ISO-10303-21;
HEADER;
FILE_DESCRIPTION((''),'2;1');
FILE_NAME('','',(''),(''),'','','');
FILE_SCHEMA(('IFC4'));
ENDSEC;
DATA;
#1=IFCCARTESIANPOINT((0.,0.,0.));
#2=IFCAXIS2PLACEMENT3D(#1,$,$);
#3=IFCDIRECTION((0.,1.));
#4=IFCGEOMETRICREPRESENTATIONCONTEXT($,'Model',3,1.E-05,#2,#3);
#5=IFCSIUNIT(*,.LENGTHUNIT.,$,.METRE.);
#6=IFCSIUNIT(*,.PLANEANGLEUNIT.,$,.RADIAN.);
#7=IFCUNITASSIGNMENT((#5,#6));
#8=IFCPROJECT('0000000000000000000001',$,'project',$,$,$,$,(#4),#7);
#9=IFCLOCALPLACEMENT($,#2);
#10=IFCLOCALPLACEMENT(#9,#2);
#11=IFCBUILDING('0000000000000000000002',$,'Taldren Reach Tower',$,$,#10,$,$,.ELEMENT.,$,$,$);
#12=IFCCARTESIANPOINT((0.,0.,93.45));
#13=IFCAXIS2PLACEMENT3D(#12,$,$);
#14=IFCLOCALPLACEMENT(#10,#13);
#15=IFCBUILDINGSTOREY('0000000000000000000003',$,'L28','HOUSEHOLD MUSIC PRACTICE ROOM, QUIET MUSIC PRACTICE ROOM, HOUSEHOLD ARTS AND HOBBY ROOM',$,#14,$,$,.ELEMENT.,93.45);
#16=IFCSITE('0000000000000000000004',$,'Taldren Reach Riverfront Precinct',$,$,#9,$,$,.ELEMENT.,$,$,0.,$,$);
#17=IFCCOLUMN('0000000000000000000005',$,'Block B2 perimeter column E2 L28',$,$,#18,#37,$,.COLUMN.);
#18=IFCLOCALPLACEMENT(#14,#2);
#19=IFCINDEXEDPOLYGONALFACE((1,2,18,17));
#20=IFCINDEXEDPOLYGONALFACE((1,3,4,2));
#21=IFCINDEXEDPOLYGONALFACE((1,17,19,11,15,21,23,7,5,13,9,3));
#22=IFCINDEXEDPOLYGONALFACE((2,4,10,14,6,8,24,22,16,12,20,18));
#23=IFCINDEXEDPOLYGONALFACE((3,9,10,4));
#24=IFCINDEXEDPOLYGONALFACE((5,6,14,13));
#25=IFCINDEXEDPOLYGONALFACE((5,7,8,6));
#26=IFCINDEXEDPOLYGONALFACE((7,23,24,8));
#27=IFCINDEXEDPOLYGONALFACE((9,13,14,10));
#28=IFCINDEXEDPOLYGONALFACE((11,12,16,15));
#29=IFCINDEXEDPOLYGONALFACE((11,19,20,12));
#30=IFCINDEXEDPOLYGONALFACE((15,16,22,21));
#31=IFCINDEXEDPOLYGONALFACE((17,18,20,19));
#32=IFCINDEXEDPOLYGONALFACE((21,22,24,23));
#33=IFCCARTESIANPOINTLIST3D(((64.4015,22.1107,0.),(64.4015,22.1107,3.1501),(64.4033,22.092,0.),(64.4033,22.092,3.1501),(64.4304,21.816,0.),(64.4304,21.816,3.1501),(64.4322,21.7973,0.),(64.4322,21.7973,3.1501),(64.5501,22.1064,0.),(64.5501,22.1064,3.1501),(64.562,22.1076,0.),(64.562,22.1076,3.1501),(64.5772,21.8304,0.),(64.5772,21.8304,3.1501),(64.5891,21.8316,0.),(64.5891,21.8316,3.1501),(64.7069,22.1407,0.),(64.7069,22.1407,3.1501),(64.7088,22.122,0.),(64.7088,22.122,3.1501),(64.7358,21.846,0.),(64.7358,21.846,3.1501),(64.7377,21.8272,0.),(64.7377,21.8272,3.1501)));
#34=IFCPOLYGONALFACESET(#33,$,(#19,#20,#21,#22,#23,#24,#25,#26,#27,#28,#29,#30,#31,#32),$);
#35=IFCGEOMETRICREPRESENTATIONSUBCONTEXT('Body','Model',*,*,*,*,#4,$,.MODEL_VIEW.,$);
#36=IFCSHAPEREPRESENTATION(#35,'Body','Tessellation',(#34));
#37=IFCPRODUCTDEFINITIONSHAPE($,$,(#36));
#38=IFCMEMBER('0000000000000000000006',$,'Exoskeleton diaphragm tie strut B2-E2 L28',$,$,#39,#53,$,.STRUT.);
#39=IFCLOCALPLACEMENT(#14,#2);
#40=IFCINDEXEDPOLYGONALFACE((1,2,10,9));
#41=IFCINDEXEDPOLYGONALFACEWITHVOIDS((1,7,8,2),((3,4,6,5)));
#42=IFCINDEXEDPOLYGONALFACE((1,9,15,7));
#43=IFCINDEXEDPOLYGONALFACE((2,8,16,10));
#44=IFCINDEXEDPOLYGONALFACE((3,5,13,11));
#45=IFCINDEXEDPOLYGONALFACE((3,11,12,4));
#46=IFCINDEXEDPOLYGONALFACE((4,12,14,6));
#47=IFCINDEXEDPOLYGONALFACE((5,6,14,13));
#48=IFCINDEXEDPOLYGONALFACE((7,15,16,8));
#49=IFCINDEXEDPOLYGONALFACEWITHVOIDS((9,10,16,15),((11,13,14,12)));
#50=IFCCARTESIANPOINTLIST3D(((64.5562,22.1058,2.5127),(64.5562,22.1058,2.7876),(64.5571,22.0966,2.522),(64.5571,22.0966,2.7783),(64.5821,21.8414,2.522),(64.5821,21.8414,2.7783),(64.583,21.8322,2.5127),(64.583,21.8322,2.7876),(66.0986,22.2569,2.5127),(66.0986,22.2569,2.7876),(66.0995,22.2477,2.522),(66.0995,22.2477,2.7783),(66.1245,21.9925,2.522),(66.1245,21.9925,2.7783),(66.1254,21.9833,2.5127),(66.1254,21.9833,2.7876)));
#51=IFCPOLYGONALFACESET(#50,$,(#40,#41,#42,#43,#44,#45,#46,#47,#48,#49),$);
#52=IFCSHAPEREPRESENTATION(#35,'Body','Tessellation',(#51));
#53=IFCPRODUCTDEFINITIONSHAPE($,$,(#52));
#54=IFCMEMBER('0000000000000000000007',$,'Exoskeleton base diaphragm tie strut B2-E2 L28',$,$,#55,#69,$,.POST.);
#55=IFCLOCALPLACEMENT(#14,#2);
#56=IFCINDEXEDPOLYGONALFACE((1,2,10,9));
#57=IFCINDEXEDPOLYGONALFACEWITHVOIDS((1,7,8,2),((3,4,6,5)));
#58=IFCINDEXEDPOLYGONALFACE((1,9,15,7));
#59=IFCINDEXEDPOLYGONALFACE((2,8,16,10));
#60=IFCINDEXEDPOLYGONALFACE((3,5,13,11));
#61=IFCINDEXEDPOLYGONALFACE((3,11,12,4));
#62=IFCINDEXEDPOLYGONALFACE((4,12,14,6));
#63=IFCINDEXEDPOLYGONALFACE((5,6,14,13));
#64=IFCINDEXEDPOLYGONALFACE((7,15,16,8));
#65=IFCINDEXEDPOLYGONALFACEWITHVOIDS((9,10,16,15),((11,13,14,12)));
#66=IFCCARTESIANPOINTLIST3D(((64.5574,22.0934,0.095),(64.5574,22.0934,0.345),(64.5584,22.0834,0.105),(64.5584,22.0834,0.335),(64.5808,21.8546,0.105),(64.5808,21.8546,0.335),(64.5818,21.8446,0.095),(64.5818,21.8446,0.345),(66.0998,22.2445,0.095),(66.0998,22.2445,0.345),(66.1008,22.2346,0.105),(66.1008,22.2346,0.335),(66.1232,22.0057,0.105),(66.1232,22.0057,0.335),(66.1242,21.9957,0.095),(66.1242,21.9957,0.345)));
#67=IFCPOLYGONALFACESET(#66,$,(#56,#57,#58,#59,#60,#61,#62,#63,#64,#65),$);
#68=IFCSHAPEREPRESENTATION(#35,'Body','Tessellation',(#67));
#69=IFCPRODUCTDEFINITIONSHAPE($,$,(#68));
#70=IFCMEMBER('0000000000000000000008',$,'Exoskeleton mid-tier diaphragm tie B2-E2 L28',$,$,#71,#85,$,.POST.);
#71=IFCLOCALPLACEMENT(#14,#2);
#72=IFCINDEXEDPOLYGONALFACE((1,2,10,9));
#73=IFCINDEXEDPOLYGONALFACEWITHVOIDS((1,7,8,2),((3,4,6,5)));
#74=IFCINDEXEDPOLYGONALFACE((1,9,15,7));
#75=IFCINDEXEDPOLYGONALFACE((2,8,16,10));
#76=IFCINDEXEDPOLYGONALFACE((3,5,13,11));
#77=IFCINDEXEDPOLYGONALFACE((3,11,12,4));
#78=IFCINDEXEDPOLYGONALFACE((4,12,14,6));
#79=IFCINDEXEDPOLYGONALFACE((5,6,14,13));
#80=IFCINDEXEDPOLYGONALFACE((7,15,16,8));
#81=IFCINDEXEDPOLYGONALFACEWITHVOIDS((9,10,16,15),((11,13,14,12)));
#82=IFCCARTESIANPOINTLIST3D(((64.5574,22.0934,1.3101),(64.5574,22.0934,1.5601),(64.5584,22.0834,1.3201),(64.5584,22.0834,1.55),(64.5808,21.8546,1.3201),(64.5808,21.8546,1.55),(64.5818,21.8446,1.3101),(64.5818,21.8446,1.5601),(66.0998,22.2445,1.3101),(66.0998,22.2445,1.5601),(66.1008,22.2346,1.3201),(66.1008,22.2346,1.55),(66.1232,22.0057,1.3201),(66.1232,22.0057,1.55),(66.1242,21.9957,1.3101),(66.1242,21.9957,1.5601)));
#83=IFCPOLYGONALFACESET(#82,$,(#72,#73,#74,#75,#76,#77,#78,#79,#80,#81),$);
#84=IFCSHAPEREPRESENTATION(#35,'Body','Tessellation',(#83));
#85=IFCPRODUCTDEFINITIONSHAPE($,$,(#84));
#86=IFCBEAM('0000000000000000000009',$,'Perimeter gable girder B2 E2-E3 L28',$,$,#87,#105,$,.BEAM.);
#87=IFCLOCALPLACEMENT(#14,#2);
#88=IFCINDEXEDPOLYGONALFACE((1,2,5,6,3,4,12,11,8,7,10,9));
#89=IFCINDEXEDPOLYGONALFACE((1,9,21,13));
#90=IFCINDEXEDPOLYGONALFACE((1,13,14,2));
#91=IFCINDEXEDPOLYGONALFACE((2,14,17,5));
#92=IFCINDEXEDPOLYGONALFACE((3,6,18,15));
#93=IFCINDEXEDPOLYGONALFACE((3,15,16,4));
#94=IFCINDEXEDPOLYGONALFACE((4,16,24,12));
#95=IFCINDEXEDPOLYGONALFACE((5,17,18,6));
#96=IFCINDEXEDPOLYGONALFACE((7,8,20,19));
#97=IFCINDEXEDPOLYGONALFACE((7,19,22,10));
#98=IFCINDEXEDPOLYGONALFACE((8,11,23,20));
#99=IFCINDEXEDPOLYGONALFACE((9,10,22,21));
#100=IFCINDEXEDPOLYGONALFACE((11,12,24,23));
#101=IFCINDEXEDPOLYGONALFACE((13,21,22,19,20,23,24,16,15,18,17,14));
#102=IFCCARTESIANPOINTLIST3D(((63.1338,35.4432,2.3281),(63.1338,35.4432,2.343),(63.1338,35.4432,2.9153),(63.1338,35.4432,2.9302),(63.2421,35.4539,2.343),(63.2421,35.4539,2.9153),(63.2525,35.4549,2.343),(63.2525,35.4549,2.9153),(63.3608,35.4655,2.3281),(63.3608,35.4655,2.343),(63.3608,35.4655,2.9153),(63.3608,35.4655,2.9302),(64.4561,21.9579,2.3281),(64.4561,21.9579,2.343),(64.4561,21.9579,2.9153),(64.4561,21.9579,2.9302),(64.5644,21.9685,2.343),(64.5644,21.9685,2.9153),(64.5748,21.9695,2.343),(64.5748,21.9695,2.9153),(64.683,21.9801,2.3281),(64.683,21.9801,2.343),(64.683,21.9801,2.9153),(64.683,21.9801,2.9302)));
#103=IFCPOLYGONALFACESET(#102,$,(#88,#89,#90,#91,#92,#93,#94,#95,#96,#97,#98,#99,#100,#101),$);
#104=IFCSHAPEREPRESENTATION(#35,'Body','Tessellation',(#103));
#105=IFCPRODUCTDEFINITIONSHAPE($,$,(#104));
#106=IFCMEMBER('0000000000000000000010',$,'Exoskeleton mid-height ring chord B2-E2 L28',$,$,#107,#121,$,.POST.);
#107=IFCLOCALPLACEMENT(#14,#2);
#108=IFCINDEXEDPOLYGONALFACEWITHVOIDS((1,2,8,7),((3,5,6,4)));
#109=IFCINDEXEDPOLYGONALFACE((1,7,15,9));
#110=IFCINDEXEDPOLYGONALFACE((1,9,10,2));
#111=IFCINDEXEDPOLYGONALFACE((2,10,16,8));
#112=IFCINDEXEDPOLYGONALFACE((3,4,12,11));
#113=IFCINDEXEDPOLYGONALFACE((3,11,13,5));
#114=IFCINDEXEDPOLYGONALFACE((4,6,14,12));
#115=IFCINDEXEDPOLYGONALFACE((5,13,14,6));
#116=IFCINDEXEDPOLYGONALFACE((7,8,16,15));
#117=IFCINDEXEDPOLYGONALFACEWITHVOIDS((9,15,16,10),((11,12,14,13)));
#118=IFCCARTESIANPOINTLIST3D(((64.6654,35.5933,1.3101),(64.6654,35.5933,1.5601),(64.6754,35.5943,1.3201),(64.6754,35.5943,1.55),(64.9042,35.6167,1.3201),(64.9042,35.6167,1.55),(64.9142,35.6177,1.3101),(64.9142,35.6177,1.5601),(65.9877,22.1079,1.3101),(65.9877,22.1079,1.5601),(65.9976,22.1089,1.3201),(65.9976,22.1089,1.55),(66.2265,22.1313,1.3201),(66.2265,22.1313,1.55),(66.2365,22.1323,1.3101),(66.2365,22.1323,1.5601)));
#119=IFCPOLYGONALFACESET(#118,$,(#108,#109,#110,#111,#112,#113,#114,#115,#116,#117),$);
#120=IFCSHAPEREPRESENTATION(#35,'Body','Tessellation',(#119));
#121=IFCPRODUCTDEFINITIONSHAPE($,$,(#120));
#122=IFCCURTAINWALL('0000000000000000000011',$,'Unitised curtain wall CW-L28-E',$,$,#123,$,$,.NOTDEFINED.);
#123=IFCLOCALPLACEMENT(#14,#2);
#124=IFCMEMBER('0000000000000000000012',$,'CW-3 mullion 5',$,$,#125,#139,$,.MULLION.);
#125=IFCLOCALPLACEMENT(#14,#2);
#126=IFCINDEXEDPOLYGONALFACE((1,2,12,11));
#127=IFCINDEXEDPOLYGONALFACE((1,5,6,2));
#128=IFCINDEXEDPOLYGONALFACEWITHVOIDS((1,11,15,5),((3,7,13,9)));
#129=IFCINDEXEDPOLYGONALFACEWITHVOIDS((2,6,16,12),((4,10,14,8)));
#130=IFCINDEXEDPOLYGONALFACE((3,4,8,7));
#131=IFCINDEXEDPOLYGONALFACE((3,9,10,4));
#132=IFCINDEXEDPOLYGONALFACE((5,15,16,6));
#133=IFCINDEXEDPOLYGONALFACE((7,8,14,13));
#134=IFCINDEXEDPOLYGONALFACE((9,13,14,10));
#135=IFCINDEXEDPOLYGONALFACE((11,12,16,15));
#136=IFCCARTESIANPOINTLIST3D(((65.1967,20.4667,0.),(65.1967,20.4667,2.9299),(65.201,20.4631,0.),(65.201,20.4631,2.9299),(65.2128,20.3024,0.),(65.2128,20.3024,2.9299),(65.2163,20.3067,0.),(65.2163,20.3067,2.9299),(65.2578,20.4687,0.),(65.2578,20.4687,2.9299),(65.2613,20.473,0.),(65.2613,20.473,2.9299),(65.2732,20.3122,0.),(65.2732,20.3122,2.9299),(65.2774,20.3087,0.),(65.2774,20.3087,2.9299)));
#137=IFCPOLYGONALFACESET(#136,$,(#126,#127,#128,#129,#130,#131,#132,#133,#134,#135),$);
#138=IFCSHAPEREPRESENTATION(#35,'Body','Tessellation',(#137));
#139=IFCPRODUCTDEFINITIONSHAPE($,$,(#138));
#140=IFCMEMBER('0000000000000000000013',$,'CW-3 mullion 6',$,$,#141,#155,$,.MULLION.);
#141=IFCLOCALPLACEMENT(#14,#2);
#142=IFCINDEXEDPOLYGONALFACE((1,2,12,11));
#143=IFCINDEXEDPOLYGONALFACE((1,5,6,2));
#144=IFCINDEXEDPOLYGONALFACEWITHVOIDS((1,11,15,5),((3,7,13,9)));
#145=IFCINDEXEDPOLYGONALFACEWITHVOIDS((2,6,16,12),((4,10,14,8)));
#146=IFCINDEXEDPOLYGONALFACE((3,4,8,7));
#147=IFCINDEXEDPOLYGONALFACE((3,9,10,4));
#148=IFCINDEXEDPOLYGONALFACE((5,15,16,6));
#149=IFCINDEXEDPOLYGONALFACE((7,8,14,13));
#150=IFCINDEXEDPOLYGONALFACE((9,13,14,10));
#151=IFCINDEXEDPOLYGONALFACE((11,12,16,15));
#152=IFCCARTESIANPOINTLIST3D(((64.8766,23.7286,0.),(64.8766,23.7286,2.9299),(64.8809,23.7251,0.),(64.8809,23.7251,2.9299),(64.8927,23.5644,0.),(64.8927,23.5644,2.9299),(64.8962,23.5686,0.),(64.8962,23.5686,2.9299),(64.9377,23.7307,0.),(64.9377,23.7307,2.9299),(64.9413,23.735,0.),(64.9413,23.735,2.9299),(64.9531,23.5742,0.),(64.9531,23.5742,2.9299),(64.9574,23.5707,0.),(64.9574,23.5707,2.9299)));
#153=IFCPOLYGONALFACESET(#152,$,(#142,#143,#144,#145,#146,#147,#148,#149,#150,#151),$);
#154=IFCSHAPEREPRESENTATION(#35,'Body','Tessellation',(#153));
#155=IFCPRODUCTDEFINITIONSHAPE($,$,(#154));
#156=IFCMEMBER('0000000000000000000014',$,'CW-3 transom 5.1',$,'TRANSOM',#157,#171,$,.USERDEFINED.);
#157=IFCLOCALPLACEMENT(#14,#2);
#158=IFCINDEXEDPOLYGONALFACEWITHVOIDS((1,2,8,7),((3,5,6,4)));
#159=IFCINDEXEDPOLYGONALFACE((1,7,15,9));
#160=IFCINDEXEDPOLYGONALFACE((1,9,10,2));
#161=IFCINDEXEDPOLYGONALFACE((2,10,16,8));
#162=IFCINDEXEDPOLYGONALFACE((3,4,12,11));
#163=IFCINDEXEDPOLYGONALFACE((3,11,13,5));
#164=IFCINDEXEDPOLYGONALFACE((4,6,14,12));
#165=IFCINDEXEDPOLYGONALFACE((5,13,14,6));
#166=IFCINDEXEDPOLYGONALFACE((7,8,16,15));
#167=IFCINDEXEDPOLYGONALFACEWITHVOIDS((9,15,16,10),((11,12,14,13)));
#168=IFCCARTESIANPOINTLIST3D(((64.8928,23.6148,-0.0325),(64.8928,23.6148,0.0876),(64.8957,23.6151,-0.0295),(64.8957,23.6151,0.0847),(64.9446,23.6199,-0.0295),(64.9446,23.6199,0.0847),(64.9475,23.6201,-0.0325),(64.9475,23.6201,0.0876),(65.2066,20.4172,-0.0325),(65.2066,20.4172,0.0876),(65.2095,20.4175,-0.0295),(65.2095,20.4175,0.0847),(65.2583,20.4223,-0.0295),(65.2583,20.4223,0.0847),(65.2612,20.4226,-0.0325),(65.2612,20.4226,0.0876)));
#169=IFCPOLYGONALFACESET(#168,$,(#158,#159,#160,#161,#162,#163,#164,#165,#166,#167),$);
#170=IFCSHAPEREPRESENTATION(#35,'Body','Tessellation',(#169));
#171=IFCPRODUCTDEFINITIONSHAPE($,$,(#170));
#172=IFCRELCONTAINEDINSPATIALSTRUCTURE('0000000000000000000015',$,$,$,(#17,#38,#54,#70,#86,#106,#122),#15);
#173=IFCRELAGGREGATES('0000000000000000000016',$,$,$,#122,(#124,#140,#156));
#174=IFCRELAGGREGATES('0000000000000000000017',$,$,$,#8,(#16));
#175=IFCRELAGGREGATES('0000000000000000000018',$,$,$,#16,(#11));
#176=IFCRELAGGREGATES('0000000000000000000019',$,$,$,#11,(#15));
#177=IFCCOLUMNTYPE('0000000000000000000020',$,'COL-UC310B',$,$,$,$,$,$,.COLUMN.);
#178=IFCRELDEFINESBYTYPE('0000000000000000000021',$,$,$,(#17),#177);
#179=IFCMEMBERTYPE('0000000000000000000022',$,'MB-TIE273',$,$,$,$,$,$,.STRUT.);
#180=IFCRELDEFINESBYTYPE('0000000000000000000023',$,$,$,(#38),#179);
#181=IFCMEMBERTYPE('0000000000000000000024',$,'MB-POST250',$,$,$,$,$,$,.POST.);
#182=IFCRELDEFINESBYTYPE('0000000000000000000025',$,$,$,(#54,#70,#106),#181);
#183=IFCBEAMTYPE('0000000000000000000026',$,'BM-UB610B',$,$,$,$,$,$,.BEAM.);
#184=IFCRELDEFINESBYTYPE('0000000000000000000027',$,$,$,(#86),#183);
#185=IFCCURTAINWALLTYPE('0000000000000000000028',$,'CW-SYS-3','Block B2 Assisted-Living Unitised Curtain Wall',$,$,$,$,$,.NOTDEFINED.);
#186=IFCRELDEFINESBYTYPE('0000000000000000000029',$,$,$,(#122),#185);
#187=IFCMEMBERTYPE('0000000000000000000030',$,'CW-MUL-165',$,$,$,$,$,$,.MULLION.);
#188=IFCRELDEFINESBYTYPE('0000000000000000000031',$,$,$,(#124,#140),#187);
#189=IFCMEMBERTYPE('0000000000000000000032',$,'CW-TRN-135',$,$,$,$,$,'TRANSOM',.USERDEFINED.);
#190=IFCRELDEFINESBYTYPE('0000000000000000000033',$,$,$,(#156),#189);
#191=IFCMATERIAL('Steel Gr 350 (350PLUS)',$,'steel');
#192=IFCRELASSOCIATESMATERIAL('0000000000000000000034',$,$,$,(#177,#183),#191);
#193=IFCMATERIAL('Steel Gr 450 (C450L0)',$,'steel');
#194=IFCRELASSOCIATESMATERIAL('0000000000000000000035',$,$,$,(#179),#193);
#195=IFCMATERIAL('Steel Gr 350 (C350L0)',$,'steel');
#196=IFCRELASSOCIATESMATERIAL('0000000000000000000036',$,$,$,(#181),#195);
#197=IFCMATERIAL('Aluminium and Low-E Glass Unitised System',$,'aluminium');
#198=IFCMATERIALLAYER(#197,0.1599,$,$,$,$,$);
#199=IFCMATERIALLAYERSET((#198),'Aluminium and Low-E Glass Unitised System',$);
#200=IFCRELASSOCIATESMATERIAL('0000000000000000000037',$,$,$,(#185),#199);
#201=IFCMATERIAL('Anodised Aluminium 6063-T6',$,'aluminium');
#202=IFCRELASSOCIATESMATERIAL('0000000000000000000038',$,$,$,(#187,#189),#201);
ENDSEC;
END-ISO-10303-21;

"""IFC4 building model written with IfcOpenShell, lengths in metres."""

from ifc_helpers import new_model, si_unit, direction, frame, origin, origin_2d, place, context, subcontext, project, spatial, hollow_rectangle, i_section, extrude, source, transform, mapped, material, layer, layer_set, material_profile, profile_set, type_object, element, aggregate, save


model = new_model("IFC4")

# Units and contexts
model_context = context("Model", 3, precision=1e-05, world=origin(), true_north=direction((0.0, 1.0)))
body_context = subcontext(model_context, "Body", "Model", "MODEL_VIEW")
ifc_project = project(units=[si_unit("LENGTHUNIT", "METRE"), si_unit("PLANEANGLEUNIT", "RADIAN")], contexts=[model_context])

# Site, building, storey
site_placement = place(None, origin())
site = spatial("IfcSite", under=ifc_project, at=site_placement, Name="Taldren Reach Riverfront Precinct", CompositionType="ELEMENT", RefElevation=0.0)
building_placement = place(site_placement, origin())
building = spatial("IfcBuilding", under=site, at=building_placement, Name="Taldren Reach Tower", CompositionType="ELEMENT")
storey_placement = place(building_placement, frame((0.0, 0.0, 93.45)))
storey = spatial("IfcBuildingStorey", under=building, at=storey_placement, Name="L28", Description="HOUSEHOLD MUSIC PRACTICE ROOM, QUIET MUSIC PRACTICE ROOM, HOUSEHOLD ARTS AND HOBBY ROOM", CompositionType="ELEMENT", Elevation=93.45)

# Column
ifc_material_1 = material(Name="Steel Gr 350 (350PLUS)", Category="steel")
ifc_material_profile_1 = material_profile(ifc_material_1, i_section(OverallWidth=0.3069, OverallDepth=0.3149, WebThickness=0.012, FlangeThickness=0.0188, at=origin_2d()), Name="310UC118")
ifc_profile_set_1 = profile_set([ifc_material_profile_1], Name="Steel Gr 350 (350PLUS)")
column_type = type_object("IfcColumnType", Name="COL-UC310B", PredefinedType="COLUMN", material=ifc_profile_set_1)
shared_shape_1 = source(origin(), body_context, "Body", "SweptSolid", [
    extrude(i_section(OverallWidth=0.3069, OverallDepth=0.3149, WebThickness=0.012, FlangeThickness=0.0188, at=origin_2d()), origin(), (0.0, 0.0, 1.0), 3.1501),
])
column_placement = place(storey_placement, frame((64.5696, 21.969, 0.0), z_axis=(0.0, 0.0, 1.0), x_axis=(0.995227, 0.097583, 0.0)))
element("IfcColumn", 1, at=column_placement, inside=storey, type_object=column_type, Name="Block B2 perimeter column E2 L28", PredefinedType="COLUMN", context=body_context, shape_type="MappedRepresentation", body=[
    mapped(shared_shape_1, transform((0.0, 0.0, 0.0), scale=1.0)),
])

# Members
ifc_material_2 = material(Name="Steel Gr 450 (C450L0)", Category="steel")
ifc_material_profile_2 = material_profile(ifc_material_2, hollow_rectangle(XDim=0.2749, YDim=0.2749, WallThickness=0.0093, at=origin_2d()), Name="275x275x9.3SHS")
ifc_profile_set_2 = profile_set([ifc_material_profile_2], Name="Steel Gr 450 (C450L0)")
member_type_1 = type_object("IfcMemberType", Name="MB-TIE273", PredefinedType="STRUT", material=ifc_profile_set_2)
shared_shape_2 = source(origin(), body_context, "Body", "SweptSolid", [
    extrude(hollow_rectangle(XDim=0.2749, YDim=0.2749, WallThickness=0.0093, at=origin_2d()), origin(), (0.0, 0.0, 1.0), 1.5498),
])
member_1_placement = place(storey_placement, frame((64.5696, 21.969, 2.6501), z_axis=(0.995235, 0.097507, 0.0), x_axis=(-0.097507, 0.995235, 0.0)))
element("IfcMember", 2, at=member_1_placement, inside=storey, type_object=member_type_1, Name="Exoskeleton diaphragm tie strut B2-E2 L28", PredefinedType="STRUT", context=body_context, shape_type="MappedRepresentation", body=[
    mapped(shared_shape_2, transform((0.0, 0.0, 0.0), scale=1.0)),
])
ifc_material_3 = material(Name="Steel Gr 350 (C350L0)", Category="steel")
ifc_material_profile_3 = material_profile(ifc_material_3, hollow_rectangle(XDim=0.25, YDim=0.25, WallThickness=0.01, at=origin_2d()), Name="250x250x10.0SHS")
ifc_profile_set_3 = profile_set([ifc_material_profile_3], Name="Steel Gr 350 (C350L0)")
member_type_2 = type_object("IfcMemberType", Name="MB-POST250", PredefinedType="POST", material=ifc_profile_set_3)
shared_shape_3 = source(origin(), body_context, "Body", "SweptSolid", [
    extrude(hollow_rectangle(XDim=0.25, YDim=0.25, WallThickness=0.01, at=origin_2d()), origin(), (0.0, 0.0, 1.0), 1.5498),
])
for number, where, z_axis, x_axis, name in (
    (3, (64.5696, 21.969, 0.22), (0.995235, 0.097507, 0.0), (-0.097507, 0.995235, 0.0), "Exoskeleton base diaphragm tie strut B2-E2 L28"),
    (4, (64.5696, 21.969, 1.4351), (0.995235, 0.097507, 0.0), (-0.097507, 0.995235, 0.0), "Exoskeleton mid-tier diaphragm tie B2-E2 L28"),
):
    element("IfcMember", number, at=place(storey_placement, frame(where, z_axis=z_axis, x_axis=x_axis)), inside=storey, type_object=member_type_2, Name=name, PredefinedType="POST", context=body_context, shape_type="MappedRepresentation", body=[
        mapped(shared_shape_3, transform((0.0, 0.0, 0.0), scale=1.0)),
    ])

# Beam
ifc_material_profile_4 = material_profile(ifc_material_1, i_section(OverallWidth=0.228, OverallDepth=0.6021, WebThickness=0.0105, FlangeThickness=0.0149, at=origin_2d()), Name="610UB101")
ifc_profile_set_4 = profile_set([ifc_material_profile_4], Name="Steel Gr 350 (350PLUS)")
beam_type = type_object("IfcBeamType", Name="BM-UB610B", PredefinedType="BEAM", material=ifc_profile_set_4)
shared_shape_4 = source(origin(), body_context, "Body", "SweptSolid", [
    extrude(i_section(OverallWidth=0.228, OverallDepth=0.6021, WebThickness=0.0105, FlangeThickness=0.0149, at=origin_2d()), origin(), (0.0, 0.0, 1.0), 13.55),
])
beam_placement = place(storey_placement, frame((64.5696, 21.969, 2.6292), z_axis=(-0.097584, 0.995227, 0.0), x_axis=(-0.995227, -0.097584, 0.0)))
element("IfcBeam", 5, at=beam_placement, inside=storey, type_object=beam_type, Name="Perimeter gable girder B2 E2-E3 L28", PredefinedType="BEAM", context=body_context, shape_type="MappedRepresentation", body=[
    mapped(shared_shape_4, transform((0.0, 0.0, 0.0), scale=1.0)),
])

# Member
shared_shape_5 = source(origin(), body_context, "Body", "SweptSolid", [
    extrude(hollow_rectangle(XDim=0.25, YDim=0.25, WallThickness=0.01, at=origin_2d()), origin(), (0.0, 0.0, 1.0), 13.55),
])
member_2_placement = place(storey_placement, frame((66.1121, 22.1201, 1.4351), z_axis=(-0.097584, 0.995227, 0.0), x_axis=(-0.995227, -0.097584, 0.0)))
element("IfcMember", 6, at=member_2_placement, inside=storey, type_object=member_type_2, Name="Exoskeleton mid-height ring chord B2-E2 L28", PredefinedType="POST", context=body_context, shape_type="MappedRepresentation", body=[
    mapped(shared_shape_5, transform((0.0, 0.0, 0.0), scale=1.0)),
])

# Curtain wall, members
ifc_material_4 = material(Name="Aluminium and Low-E Glass Unitised System", Category="aluminium")
ifc_layer_1 = layer(ifc_material_4, 0.1599)
ifc_layer_set_1 = layer_set([ifc_layer_1], Name="Aluminium and Low-E Glass Unitised System")
curtain_wall_type = type_object("IfcCurtainWallType", Name="CW-SYS-3", Description="Block B2 Assisted-Living Unitised Curtain Wall", PredefinedType="NOTDEFINED", material=ifc_layer_set_1)
curtain_wall_placement = place(storey_placement, origin())
curtain_wall = element("IfcCurtainWall", 7, at=curtain_wall_placement, inside=storey, type_object=curtain_wall_type, Name="Unitised curtain wall CW-L28-E", PredefinedType="NOTDEFINED")
ifc_material_5 = material(Name="Anodised Aluminium 6063-T6", Category="aluminium")
ifc_material_profile_5 = material_profile(ifc_material_5, hollow_rectangle(XDim=0.0649, YDim=0.165, WallThickness=0.0039, at=origin_2d()), Name="ALU-165x65x4RHS")
ifc_profile_set_5 = profile_set([ifc_material_profile_5], Name="Anodised Aluminium 6063-T6")
member_type_3 = type_object("IfcMemberType", Name="CW-MUL-165", PredefinedType="MULLION", material=ifc_profile_set_5)
shared_shape_6 = source(origin(), body_context, "Body", "SweptSolid", [
    extrude(hollow_rectangle(XDim=0.0649, YDim=0.165, WallThickness=0.0039, at=origin_2d()), origin(), (0.0, 0.0, 1.0), 2.9299),
])
member_3_placement = place(storey_placement, frame((65.2371, 20.3877, 0.0), z_axis=(0.0, 0.0, 1.0), x_axis=(-0.995227, -0.097583, 0.0)))
member_3 = element("IfcMember", 8, at=member_3_placement, type_object=member_type_3, Name="CW-3 mullion 5", PredefinedType="MULLION", context=body_context, shape_type="MappedRepresentation", body=[
    mapped(shared_shape_6, transform((0.0, 0.0, 0.0), scale=1.0)),
])
member_4_placement = place(storey_placement, frame((64.917, 23.6497, 0.0), z_axis=(0.0, 0.0, 1.0), x_axis=(-0.995227, -0.097583, 0.0)))
member_4 = element("IfcMember", 9, at=member_4_placement, type_object=member_type_3, Name="CW-3 mullion 6", PredefinedType="MULLION", context=body_context, shape_type="MappedRepresentation", body=[
    mapped(shared_shape_6, transform((0.0, 0.0, 0.0), scale=1.0)),
])
ifc_material_profile_6 = material_profile(ifc_material_5, hollow_rectangle(XDim=0.0549, YDim=0.1201, WallThickness=0.0029, at=origin_2d()), Name="ALU-120x55x3RHS")
ifc_profile_set_6 = profile_set([ifc_material_profile_6], Name="Anodised Aluminium 6063-T6")
member_type_4 = type_object("IfcMemberType", Name="CW-TRN-135", ElementType="TRANSOM", PredefinedType="USERDEFINED", material=ifc_profile_set_6)
shared_shape_7 = source(origin(), body_context, "Body", "SweptSolid", [
    extrude(hollow_rectangle(XDim=0.0549, YDim=0.1201, WallThickness=0.0029, at=origin_2d()), origin(), (0.0, 0.0, 1.0), 3.2129),
])
member_5_placement = place(storey_placement, frame((65.2339, 20.4199, 0.0276), z_axis=(-0.097645, 0.995221, 0.0), x_axis=(-0.995221, -0.097645, 0.0)))
member_5 = element("IfcMember", 10, at=member_5_placement, type_object=member_type_4, Name="CW-3 transom 5.1", ObjectType="TRANSOM", PredefinedType="USERDEFINED", context=body_context, shape_type="MappedRepresentation", body=[
    mapped(shared_shape_7, transform((0.0, 0.0, 0.0), scale=1.0)),
])

aggregate(curtain_wall, [member_3, member_4, member_5])

save(model, "model.ifc")
